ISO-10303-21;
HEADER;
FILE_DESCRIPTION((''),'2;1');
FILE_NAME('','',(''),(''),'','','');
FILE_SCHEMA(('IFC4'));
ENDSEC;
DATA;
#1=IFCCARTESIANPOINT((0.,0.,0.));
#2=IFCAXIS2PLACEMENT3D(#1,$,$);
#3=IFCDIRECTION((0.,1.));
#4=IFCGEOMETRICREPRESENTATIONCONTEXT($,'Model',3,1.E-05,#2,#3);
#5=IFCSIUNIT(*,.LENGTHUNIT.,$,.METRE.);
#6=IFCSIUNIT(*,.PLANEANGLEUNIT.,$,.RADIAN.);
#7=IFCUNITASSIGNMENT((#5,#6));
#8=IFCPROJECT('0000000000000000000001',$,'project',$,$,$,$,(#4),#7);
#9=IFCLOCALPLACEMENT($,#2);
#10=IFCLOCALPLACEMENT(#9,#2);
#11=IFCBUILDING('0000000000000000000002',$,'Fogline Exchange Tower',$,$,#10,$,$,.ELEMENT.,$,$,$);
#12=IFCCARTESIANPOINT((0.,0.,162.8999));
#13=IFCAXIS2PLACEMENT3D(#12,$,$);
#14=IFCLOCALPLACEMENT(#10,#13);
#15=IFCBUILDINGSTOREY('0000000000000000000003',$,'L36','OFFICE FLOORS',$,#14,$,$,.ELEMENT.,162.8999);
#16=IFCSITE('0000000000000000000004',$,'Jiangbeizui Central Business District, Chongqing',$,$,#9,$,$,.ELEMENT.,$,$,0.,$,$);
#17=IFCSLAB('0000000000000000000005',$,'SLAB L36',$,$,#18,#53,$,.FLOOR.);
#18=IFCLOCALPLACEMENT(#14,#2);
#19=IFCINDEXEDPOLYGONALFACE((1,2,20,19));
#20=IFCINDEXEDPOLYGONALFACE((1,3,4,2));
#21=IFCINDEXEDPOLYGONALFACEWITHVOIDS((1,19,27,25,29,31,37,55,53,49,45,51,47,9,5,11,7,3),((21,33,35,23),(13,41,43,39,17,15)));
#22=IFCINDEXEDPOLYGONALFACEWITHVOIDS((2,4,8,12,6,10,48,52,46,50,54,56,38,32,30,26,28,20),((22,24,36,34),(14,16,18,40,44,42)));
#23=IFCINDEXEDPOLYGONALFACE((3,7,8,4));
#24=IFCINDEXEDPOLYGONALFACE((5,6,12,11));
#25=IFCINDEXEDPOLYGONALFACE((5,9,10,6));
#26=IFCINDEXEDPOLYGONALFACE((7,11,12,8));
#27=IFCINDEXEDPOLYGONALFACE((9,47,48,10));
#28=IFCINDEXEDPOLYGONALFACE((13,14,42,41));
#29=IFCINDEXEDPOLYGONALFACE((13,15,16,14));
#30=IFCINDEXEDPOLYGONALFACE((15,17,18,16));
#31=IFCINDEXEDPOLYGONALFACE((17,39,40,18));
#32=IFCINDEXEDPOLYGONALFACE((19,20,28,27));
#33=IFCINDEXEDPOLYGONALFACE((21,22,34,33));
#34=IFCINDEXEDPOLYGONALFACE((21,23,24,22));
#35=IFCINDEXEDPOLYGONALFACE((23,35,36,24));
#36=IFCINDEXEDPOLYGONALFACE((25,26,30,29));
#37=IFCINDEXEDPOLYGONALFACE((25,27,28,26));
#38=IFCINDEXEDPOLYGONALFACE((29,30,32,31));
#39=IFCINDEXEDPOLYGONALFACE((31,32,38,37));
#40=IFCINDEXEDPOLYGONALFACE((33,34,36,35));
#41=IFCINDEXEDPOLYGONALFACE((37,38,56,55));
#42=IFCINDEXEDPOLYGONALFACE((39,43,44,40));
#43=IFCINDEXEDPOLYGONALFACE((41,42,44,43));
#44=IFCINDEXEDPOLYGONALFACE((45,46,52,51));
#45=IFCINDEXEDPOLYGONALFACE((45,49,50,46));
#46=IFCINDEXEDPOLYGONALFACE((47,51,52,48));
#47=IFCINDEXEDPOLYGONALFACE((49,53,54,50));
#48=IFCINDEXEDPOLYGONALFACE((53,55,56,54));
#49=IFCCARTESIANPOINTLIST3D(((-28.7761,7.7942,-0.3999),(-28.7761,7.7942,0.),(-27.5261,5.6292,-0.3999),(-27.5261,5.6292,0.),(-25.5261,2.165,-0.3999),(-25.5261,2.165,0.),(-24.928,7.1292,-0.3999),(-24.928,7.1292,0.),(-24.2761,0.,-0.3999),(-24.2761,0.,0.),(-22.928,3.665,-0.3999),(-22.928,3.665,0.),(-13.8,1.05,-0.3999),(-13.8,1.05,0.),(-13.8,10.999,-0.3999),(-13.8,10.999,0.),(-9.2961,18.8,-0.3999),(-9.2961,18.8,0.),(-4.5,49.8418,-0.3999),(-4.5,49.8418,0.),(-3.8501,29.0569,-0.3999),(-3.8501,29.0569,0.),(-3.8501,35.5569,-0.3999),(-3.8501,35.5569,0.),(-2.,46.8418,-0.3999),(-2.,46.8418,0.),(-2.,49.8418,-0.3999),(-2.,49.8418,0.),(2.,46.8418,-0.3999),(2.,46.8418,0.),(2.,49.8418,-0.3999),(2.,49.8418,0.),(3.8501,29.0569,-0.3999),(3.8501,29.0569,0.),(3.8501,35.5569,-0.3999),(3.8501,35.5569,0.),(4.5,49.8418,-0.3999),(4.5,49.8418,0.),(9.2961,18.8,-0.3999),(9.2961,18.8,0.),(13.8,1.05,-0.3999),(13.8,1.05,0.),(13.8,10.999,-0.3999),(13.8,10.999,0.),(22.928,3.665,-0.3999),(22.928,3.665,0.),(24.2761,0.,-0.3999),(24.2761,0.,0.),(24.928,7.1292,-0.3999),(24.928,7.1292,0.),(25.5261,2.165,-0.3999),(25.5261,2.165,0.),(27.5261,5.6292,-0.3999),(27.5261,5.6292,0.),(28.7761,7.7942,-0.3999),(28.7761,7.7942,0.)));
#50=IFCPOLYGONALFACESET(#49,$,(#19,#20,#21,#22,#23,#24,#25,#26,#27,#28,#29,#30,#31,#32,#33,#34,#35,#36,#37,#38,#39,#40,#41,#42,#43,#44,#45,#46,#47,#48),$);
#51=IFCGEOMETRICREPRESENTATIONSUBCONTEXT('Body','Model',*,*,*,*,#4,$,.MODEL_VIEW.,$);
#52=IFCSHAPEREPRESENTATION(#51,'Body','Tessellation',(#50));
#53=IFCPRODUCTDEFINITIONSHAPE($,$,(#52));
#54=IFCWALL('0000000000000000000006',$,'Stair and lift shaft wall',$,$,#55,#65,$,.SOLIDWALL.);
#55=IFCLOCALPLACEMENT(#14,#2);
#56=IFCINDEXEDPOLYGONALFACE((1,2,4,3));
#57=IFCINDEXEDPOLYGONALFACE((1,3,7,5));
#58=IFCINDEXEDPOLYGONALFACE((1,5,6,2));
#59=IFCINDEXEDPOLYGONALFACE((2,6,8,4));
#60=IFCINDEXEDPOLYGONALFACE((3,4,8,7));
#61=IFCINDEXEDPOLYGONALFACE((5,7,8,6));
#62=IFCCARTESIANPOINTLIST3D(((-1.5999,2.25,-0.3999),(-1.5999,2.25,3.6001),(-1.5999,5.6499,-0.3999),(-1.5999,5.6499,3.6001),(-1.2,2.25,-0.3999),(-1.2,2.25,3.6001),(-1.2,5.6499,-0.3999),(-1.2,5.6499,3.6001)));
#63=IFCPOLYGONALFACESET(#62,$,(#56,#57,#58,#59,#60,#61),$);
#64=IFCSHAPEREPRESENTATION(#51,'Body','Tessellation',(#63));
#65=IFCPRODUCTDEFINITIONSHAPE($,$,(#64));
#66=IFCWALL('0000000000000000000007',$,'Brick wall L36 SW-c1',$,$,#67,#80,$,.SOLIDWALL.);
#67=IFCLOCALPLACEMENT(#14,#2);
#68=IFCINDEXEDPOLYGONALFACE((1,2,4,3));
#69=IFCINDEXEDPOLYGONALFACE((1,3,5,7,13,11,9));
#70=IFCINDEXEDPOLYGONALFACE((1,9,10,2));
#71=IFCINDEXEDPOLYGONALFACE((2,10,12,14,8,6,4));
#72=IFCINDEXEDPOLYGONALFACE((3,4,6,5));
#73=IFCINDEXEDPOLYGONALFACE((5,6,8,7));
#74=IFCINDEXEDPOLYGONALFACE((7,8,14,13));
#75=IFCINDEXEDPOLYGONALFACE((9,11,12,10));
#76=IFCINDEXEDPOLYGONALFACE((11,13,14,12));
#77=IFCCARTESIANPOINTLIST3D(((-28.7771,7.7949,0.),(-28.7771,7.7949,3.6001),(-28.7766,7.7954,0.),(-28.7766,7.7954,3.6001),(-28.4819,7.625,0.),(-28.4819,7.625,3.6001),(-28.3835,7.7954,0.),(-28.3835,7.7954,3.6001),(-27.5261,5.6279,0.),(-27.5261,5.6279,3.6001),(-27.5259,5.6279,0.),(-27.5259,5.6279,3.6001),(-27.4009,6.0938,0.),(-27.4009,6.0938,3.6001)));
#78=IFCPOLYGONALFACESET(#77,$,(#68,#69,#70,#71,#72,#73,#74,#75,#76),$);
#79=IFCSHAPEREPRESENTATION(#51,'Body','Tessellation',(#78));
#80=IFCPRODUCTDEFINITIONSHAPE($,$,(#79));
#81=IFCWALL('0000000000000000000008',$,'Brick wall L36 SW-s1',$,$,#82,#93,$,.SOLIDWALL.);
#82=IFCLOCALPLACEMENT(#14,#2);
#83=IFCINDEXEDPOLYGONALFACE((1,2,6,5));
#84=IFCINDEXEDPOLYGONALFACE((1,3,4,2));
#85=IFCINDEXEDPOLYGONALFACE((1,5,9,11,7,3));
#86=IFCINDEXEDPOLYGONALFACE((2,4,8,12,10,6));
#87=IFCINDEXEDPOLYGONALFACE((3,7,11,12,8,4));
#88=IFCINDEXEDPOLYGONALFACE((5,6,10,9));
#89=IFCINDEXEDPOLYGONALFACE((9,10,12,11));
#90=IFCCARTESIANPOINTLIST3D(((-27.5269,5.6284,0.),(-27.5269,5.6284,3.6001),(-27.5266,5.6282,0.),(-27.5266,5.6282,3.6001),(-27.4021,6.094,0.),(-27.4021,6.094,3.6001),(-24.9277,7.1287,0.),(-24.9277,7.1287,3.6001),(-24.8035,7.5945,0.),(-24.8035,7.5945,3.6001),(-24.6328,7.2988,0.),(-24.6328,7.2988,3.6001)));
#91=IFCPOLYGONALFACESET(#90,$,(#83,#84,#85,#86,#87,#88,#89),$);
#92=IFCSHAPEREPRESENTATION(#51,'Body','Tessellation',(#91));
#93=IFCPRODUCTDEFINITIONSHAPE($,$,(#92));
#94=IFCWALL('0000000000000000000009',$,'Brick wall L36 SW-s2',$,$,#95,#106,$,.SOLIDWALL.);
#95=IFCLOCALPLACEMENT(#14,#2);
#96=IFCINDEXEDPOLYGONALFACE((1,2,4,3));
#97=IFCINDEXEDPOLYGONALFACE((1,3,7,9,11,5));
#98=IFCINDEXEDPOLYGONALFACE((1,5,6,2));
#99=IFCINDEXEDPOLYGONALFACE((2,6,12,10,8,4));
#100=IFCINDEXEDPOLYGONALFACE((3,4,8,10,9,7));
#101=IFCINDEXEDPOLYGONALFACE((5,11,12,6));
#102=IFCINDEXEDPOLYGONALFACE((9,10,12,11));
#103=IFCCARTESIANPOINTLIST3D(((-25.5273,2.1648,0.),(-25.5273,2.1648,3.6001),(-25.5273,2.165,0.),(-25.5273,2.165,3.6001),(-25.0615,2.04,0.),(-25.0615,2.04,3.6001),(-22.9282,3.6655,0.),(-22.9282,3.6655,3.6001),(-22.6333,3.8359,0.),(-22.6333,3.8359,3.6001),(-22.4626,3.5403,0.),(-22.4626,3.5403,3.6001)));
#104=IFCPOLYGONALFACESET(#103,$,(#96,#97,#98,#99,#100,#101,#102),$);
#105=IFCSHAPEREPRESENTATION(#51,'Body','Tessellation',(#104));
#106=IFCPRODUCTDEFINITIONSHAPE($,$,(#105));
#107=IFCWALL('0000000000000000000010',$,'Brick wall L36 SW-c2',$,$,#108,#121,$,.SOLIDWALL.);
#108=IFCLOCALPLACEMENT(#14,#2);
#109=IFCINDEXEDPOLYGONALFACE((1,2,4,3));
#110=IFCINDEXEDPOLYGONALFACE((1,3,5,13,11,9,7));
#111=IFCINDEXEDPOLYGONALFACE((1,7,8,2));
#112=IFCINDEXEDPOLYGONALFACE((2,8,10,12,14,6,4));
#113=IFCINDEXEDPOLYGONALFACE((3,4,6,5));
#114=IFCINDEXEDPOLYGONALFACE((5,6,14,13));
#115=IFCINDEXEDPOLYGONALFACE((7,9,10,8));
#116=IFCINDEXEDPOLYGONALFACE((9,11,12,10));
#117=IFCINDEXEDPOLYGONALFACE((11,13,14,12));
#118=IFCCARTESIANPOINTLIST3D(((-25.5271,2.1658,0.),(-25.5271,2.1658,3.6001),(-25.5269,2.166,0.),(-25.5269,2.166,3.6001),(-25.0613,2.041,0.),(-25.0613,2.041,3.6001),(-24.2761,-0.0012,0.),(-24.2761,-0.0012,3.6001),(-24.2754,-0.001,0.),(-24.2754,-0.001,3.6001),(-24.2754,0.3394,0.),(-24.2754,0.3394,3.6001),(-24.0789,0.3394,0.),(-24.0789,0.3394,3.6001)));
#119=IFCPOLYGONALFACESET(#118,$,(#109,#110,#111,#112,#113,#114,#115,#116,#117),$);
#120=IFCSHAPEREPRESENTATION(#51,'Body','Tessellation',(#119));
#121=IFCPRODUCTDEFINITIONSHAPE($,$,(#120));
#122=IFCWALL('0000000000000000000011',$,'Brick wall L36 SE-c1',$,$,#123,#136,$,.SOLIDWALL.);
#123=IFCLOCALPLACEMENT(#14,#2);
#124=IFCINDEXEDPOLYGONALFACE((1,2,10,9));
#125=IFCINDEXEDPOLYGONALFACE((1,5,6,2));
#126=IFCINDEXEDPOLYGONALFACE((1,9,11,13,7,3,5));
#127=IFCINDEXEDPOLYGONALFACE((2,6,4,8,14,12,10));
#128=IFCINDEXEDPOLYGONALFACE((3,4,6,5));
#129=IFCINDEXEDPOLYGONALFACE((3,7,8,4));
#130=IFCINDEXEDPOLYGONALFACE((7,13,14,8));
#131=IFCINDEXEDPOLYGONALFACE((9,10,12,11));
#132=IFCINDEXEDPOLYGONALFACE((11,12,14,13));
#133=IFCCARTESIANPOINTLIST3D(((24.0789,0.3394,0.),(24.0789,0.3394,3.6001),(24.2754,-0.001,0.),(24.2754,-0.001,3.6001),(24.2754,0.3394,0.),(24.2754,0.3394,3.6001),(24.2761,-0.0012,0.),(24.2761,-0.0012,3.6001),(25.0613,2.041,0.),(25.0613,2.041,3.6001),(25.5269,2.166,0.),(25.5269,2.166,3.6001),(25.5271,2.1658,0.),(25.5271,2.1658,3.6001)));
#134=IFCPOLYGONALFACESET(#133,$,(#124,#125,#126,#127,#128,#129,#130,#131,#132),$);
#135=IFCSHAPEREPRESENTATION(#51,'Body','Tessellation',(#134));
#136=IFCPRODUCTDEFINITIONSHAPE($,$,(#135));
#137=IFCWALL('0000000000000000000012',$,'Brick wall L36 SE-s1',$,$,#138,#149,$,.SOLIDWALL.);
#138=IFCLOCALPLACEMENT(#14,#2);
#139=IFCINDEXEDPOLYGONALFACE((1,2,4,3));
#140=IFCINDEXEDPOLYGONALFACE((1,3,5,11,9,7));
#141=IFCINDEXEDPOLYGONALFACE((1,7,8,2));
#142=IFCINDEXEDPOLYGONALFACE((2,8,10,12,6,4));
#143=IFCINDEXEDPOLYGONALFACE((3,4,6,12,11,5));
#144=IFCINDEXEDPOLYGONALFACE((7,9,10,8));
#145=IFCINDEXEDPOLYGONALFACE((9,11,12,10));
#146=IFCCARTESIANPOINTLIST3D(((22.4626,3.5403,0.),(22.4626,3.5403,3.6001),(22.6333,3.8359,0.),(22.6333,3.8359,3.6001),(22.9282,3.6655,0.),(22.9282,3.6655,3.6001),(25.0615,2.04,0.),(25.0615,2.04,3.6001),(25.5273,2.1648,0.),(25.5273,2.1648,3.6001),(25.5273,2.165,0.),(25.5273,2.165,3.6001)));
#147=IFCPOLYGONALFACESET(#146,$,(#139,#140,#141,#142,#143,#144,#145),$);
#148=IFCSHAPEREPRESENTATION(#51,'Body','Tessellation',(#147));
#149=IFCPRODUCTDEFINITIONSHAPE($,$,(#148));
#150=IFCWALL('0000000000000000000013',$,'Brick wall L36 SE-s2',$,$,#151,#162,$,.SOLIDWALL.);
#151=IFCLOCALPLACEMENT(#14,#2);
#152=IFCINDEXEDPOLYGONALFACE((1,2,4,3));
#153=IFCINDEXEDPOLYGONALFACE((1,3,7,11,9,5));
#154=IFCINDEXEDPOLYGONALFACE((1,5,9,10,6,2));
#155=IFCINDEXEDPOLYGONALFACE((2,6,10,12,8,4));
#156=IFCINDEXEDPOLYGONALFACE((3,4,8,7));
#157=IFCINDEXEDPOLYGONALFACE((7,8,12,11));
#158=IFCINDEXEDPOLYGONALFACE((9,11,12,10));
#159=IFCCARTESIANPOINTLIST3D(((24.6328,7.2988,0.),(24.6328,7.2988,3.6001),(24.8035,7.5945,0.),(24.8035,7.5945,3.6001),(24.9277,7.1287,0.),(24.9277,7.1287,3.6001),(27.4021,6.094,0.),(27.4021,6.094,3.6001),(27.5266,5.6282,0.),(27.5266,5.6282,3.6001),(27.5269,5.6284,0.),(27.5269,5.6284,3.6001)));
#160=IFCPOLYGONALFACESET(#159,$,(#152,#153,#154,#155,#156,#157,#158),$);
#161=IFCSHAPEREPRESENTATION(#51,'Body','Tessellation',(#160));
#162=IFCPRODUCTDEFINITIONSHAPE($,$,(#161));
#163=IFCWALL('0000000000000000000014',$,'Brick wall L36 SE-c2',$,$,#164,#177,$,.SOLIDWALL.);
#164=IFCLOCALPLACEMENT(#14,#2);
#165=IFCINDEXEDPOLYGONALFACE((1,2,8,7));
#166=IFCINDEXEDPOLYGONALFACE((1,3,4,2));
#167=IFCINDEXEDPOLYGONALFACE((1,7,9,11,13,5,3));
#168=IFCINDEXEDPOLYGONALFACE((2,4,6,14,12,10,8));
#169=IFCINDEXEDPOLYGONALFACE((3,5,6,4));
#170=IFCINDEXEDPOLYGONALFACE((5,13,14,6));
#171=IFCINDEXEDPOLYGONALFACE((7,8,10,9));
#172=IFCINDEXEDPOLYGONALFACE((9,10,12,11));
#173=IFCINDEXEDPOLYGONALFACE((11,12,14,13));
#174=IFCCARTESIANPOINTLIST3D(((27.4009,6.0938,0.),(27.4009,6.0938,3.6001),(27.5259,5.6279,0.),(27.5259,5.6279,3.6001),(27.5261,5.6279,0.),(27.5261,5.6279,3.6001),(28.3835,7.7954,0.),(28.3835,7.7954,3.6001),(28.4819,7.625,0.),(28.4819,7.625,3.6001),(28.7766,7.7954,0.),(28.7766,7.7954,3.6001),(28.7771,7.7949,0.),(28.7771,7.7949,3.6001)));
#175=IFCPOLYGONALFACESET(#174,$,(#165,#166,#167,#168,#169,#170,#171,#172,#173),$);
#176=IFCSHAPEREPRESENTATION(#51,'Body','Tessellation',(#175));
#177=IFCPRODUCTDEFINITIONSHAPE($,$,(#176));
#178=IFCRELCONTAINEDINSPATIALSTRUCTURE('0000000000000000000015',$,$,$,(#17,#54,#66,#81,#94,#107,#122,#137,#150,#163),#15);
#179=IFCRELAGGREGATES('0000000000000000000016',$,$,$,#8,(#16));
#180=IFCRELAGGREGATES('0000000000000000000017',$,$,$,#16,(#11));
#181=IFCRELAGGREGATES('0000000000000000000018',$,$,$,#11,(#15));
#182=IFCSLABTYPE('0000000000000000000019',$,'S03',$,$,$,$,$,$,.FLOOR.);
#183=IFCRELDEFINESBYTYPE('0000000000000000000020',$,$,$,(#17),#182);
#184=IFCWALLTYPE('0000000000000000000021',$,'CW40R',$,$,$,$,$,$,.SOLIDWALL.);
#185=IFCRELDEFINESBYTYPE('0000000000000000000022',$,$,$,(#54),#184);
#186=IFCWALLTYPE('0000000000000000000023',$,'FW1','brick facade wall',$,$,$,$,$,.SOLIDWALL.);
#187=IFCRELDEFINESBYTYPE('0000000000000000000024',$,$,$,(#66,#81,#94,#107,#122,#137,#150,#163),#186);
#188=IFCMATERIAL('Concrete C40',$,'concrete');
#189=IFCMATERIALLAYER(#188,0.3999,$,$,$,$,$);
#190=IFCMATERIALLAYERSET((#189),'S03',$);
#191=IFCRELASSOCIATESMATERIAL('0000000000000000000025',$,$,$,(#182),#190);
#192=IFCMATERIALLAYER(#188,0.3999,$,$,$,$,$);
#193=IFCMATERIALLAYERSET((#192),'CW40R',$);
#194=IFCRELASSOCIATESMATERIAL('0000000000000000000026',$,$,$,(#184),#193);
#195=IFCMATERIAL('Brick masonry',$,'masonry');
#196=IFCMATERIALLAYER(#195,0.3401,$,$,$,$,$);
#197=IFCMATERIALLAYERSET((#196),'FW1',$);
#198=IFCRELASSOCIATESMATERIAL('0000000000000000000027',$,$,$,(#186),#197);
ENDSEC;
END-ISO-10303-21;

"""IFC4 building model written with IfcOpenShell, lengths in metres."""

from ifc_helpers import new_model, si_unit, direction, frame, frame_2d, origin, place, context, subcontext, project, spatial, polyline, rectangle, outline, extrude, material, layer, layer_set, type_object, element, save


model = new_model("IFC4")

# Units and contexts
model_context = context("Model", 3, precision=1e-05, world=origin(), true_north=direction((0.0, 1.0)))
body_context = subcontext(model_context, "Body", "Model", "MODEL_VIEW")
ifc_project = project(units=[si_unit("LENGTHUNIT", "METRE"), si_unit("PLANEANGLEUNIT", "RADIAN")], contexts=[model_context])

# Site, building, storey
site_placement = place(None, origin())
site = spatial("IfcSite", under=ifc_project, at=site_placement, Name="Jiangbeizui Central Business District, Chongqing", CompositionType="ELEMENT", RefElevation=0.0)
building_placement = place(site_placement, origin())
building = spatial("IfcBuilding", under=site, at=building_placement, Name="Fogline Exchange Tower", CompositionType="ELEMENT")
storey_placement = place(building_placement, frame((0.0, 0.0, 162.8999)))
storey = spatial("IfcBuildingStorey", under=building, at=storey_placement, Name="L36", Description="OFFICE FLOORS", CompositionType="ELEMENT", Elevation=162.8999)

# Slab
ifc_material_1 = material(Name="Concrete C40", Category="concrete")
ifc_layer_1 = layer(ifc_material_1, 0.3999)
ifc_layer_set_1 = layer_set([ifc_layer_1], Name="S03")
slab_type = type_object("IfcSlabType", Name="S03", PredefinedType="FLOOR", material=ifc_layer_set_1)
slab_placement = place(storey_placement, frame((0.0, 0.0, -0.3999)))
element("IfcSlab", 1, at=slab_placement, inside=storey, type_object=slab_type, Name="SLAB L36", PredefinedType="FLOOR", context=body_context, shape_type="SweptSolid", body=[
    extrude(outline(polyline([(-2.0, 49.8418), (-4.5, 49.8418), (-28.7761, 7.7942), (-27.5261, 5.6292), (-24.928, 7.1292), (-22.928, 3.665), (-25.5261, 2.165), (-24.2761, 0.0), (24.2761, 0.0), (25.5261, 2.165), (22.928, 3.665), (24.928, 7.1292), (27.5261, 5.6292), (28.7761, 7.7942), (4.5, 49.8418), (2.0, 49.8418), (2.0, 46.8418), (-2.0, 46.8418), (-2.0, 49.8418)]), holes=[polyline([(13.8, 10.999), (13.8, 1.05), (-13.8, 1.05), (-13.8, 10.999), (-9.2961, 18.8), (9.2961, 18.8), (13.8, 10.999)]), polyline([(3.8501, 35.5569), (3.8501, 29.0569), (-3.8501, 29.0569), (-3.8501, 35.5569), (3.8501, 35.5569)])]), origin(), (0.0, 0.0, 1.0), 0.3999),
])

# Walls
ifc_layer_2 = layer(ifc_material_1, 0.3999)
ifc_layer_set_2 = layer_set([ifc_layer_2], Name="CW40R")
wall_type_1 = type_object("IfcWallType", Name="CW40R", PredefinedType="SOLIDWALL", material=ifc_layer_set_2)
wall_1_placement = place(storey_placement, frame((-1.3999, 2.25, -0.3999), z_axis=(0.0, 0.0, 1.0), x_axis=(0.0, 1.0, 0.0)))
element("IfcWall", 2, at=wall_1_placement, inside=storey, type_object=wall_type_1, Name="Stair and lift shaft wall", PredefinedType="SOLIDWALL", context=body_context, shape_type="SweptSolid", body=[
    extrude(rectangle(XDim=3.3999, YDim=0.3999, at=frame_2d((1.7, 0.0))), origin(), (0.0, 0.0, 1.0), 4.0),
])
ifc_material_2 = material(Name="Brick masonry", Category="masonry")
ifc_layer_3 = layer(ifc_material_2, 0.3401)
ifc_layer_set_3 = layer_set([ifc_layer_3], Name="FW1")
wall_type_2 = type_object("IfcWallType", Name="FW1", Description="brick facade wall", PredefinedType="SOLIDWALL", material=ifc_layer_set_3)
wall_2_placement = place(storey_placement, origin())
element("IfcWall", 3, at=wall_2_placement, inside=storey, type_object=wall_type_2, Name="Brick wall L36 SW-c1", PredefinedType="SOLIDWALL", context=body_context, shape_type="SweptSolid", body=[
    extrude(outline(polyline([(-27.5261, 5.6279), (-28.7771, 7.7949), (-28.7766, 7.7954), (-28.4819, 7.625), (-28.3835, 7.7954), (-27.4009, 6.0938), (-27.5259, 5.6279), (-27.5261, 5.6279)])), origin(), (0.0, 0.0, 1.0), 3.6001),
])
wall_3_placement = place(storey_placement, origin())
element("IfcWall", 4, at=wall_3_placement, inside=storey, type_object=wall_type_2, Name="Brick wall L36 SW-s1", PredefinedType="SOLIDWALL", context=body_context, shape_type="SweptSolid", body=[
    extrude(outline(polyline([(-24.8035, 7.5945), (-24.6328, 7.2988), (-24.9277, 7.1287), (-27.5266, 5.6282), (-27.5269, 5.6284), (-27.4021, 6.094), (-24.8035, 7.5945)])), origin(), (0.0, 0.0, 1.0), 3.6001),
])
wall_4_placement = place(storey_placement, origin())
element("IfcWall", 5, at=wall_4_placement, inside=storey, type_object=wall_type_2, Name="Brick wall L36 SW-s2", PredefinedType="SOLIDWALL", context=body_context, shape_type="SweptSolid", body=[
    extrude(outline(polyline([(-25.5273, 2.165), (-22.9282, 3.6655), (-22.6333, 3.8359), (-22.4626, 3.5403), (-25.0615, 2.04), (-25.5273, 2.1648), (-25.5273, 2.165)])), origin(), (0.0, 0.0, 1.0), 3.6001),
])
wall_5_placement = place(storey_placement, origin())
element("IfcWall", 6, at=wall_5_placement, inside=storey, type_object=wall_type_2, Name="Brick wall L36 SW-c2", PredefinedType="SOLIDWALL", context=body_context, shape_type="SweptSolid", body=[
    extrude(outline(polyline([(-24.0789, 0.3394), (-24.2754, 0.3394), (-24.2754, -0.001), (-24.2761, -0.0012), (-25.5271, 2.1658), (-25.5269, 2.166), (-25.0613, 2.041), (-24.0789, 0.3394)])), origin(), (0.0, 0.0, 1.0), 3.6001),
])
wall_6_placement = place(storey_placement, origin())
element("IfcWall", 7, at=wall_6_placement, inside=storey, type_object=wall_type_2, Name="Brick wall L36 SE-c1", PredefinedType="SOLIDWALL", context=body_context, shape_type="SweptSolid", body=[
    extrude(outline(polyline([(25.5271, 2.1658), (24.2761, -0.0012), (24.2754, -0.001), (24.2754, 0.3394), (24.0789, 0.3394), (25.0613, 2.041), (25.5269, 2.166), (25.5271, 2.1658)])), origin(), (0.0, 0.0, 1.0), 3.6001),
])
wall_7_placement = place(storey_placement, origin())
element("IfcWall", 8, at=wall_7_placement, inside=storey, type_object=wall_type_2, Name="Brick wall L36 SE-s1", PredefinedType="SOLIDWALL", context=body_context, shape_type="SweptSolid", body=[
    extrude(outline(polyline([(22.4626, 3.5403), (22.6333, 3.8359), (22.9282, 3.6655), (25.5273, 2.165), (25.5273, 2.1648), (25.0615, 2.04), (22.4626, 3.5403)])), origin(), (0.0, 0.0, 1.0), 3.6001),
])
wall_8_placement = place(storey_placement, origin())
element("IfcWall", 9, at=wall_8_placement, inside=storey, type_object=wall_type_2, Name="Brick wall L36 SE-s2", PredefinedType="SOLIDWALL", context=body_context, shape_type="SweptSolid", body=[
    extrude(outline(polyline([(27.5266, 5.6282), (24.9277, 7.1287), (24.6328, 7.2988), (24.8035, 7.5945), (27.4021, 6.094), (27.5269, 5.6284), (27.5266, 5.6282)])), origin(), (0.0, 0.0, 1.0), 3.6001),
])
wall_9_placement = place(storey_placement, origin())
element("IfcWall", 10, at=wall_9_placement, inside=storey, type_object=wall_type_2, Name="Brick wall L36 SE-c2", PredefinedType="SOLIDWALL", context=body_context, shape_type="SweptSolid", body=[
    extrude(outline(polyline([(28.3835, 7.7954), (28.4819, 7.625), (28.7766, 7.7954), (28.7771, 7.7949), (27.5261, 5.6279), (27.5259, 5.6279), (27.4009, 6.0938), (28.3835, 7.7954)])), origin(), (0.0, 0.0, 1.0), 3.6001),
])

save(model, "model.ifc")
